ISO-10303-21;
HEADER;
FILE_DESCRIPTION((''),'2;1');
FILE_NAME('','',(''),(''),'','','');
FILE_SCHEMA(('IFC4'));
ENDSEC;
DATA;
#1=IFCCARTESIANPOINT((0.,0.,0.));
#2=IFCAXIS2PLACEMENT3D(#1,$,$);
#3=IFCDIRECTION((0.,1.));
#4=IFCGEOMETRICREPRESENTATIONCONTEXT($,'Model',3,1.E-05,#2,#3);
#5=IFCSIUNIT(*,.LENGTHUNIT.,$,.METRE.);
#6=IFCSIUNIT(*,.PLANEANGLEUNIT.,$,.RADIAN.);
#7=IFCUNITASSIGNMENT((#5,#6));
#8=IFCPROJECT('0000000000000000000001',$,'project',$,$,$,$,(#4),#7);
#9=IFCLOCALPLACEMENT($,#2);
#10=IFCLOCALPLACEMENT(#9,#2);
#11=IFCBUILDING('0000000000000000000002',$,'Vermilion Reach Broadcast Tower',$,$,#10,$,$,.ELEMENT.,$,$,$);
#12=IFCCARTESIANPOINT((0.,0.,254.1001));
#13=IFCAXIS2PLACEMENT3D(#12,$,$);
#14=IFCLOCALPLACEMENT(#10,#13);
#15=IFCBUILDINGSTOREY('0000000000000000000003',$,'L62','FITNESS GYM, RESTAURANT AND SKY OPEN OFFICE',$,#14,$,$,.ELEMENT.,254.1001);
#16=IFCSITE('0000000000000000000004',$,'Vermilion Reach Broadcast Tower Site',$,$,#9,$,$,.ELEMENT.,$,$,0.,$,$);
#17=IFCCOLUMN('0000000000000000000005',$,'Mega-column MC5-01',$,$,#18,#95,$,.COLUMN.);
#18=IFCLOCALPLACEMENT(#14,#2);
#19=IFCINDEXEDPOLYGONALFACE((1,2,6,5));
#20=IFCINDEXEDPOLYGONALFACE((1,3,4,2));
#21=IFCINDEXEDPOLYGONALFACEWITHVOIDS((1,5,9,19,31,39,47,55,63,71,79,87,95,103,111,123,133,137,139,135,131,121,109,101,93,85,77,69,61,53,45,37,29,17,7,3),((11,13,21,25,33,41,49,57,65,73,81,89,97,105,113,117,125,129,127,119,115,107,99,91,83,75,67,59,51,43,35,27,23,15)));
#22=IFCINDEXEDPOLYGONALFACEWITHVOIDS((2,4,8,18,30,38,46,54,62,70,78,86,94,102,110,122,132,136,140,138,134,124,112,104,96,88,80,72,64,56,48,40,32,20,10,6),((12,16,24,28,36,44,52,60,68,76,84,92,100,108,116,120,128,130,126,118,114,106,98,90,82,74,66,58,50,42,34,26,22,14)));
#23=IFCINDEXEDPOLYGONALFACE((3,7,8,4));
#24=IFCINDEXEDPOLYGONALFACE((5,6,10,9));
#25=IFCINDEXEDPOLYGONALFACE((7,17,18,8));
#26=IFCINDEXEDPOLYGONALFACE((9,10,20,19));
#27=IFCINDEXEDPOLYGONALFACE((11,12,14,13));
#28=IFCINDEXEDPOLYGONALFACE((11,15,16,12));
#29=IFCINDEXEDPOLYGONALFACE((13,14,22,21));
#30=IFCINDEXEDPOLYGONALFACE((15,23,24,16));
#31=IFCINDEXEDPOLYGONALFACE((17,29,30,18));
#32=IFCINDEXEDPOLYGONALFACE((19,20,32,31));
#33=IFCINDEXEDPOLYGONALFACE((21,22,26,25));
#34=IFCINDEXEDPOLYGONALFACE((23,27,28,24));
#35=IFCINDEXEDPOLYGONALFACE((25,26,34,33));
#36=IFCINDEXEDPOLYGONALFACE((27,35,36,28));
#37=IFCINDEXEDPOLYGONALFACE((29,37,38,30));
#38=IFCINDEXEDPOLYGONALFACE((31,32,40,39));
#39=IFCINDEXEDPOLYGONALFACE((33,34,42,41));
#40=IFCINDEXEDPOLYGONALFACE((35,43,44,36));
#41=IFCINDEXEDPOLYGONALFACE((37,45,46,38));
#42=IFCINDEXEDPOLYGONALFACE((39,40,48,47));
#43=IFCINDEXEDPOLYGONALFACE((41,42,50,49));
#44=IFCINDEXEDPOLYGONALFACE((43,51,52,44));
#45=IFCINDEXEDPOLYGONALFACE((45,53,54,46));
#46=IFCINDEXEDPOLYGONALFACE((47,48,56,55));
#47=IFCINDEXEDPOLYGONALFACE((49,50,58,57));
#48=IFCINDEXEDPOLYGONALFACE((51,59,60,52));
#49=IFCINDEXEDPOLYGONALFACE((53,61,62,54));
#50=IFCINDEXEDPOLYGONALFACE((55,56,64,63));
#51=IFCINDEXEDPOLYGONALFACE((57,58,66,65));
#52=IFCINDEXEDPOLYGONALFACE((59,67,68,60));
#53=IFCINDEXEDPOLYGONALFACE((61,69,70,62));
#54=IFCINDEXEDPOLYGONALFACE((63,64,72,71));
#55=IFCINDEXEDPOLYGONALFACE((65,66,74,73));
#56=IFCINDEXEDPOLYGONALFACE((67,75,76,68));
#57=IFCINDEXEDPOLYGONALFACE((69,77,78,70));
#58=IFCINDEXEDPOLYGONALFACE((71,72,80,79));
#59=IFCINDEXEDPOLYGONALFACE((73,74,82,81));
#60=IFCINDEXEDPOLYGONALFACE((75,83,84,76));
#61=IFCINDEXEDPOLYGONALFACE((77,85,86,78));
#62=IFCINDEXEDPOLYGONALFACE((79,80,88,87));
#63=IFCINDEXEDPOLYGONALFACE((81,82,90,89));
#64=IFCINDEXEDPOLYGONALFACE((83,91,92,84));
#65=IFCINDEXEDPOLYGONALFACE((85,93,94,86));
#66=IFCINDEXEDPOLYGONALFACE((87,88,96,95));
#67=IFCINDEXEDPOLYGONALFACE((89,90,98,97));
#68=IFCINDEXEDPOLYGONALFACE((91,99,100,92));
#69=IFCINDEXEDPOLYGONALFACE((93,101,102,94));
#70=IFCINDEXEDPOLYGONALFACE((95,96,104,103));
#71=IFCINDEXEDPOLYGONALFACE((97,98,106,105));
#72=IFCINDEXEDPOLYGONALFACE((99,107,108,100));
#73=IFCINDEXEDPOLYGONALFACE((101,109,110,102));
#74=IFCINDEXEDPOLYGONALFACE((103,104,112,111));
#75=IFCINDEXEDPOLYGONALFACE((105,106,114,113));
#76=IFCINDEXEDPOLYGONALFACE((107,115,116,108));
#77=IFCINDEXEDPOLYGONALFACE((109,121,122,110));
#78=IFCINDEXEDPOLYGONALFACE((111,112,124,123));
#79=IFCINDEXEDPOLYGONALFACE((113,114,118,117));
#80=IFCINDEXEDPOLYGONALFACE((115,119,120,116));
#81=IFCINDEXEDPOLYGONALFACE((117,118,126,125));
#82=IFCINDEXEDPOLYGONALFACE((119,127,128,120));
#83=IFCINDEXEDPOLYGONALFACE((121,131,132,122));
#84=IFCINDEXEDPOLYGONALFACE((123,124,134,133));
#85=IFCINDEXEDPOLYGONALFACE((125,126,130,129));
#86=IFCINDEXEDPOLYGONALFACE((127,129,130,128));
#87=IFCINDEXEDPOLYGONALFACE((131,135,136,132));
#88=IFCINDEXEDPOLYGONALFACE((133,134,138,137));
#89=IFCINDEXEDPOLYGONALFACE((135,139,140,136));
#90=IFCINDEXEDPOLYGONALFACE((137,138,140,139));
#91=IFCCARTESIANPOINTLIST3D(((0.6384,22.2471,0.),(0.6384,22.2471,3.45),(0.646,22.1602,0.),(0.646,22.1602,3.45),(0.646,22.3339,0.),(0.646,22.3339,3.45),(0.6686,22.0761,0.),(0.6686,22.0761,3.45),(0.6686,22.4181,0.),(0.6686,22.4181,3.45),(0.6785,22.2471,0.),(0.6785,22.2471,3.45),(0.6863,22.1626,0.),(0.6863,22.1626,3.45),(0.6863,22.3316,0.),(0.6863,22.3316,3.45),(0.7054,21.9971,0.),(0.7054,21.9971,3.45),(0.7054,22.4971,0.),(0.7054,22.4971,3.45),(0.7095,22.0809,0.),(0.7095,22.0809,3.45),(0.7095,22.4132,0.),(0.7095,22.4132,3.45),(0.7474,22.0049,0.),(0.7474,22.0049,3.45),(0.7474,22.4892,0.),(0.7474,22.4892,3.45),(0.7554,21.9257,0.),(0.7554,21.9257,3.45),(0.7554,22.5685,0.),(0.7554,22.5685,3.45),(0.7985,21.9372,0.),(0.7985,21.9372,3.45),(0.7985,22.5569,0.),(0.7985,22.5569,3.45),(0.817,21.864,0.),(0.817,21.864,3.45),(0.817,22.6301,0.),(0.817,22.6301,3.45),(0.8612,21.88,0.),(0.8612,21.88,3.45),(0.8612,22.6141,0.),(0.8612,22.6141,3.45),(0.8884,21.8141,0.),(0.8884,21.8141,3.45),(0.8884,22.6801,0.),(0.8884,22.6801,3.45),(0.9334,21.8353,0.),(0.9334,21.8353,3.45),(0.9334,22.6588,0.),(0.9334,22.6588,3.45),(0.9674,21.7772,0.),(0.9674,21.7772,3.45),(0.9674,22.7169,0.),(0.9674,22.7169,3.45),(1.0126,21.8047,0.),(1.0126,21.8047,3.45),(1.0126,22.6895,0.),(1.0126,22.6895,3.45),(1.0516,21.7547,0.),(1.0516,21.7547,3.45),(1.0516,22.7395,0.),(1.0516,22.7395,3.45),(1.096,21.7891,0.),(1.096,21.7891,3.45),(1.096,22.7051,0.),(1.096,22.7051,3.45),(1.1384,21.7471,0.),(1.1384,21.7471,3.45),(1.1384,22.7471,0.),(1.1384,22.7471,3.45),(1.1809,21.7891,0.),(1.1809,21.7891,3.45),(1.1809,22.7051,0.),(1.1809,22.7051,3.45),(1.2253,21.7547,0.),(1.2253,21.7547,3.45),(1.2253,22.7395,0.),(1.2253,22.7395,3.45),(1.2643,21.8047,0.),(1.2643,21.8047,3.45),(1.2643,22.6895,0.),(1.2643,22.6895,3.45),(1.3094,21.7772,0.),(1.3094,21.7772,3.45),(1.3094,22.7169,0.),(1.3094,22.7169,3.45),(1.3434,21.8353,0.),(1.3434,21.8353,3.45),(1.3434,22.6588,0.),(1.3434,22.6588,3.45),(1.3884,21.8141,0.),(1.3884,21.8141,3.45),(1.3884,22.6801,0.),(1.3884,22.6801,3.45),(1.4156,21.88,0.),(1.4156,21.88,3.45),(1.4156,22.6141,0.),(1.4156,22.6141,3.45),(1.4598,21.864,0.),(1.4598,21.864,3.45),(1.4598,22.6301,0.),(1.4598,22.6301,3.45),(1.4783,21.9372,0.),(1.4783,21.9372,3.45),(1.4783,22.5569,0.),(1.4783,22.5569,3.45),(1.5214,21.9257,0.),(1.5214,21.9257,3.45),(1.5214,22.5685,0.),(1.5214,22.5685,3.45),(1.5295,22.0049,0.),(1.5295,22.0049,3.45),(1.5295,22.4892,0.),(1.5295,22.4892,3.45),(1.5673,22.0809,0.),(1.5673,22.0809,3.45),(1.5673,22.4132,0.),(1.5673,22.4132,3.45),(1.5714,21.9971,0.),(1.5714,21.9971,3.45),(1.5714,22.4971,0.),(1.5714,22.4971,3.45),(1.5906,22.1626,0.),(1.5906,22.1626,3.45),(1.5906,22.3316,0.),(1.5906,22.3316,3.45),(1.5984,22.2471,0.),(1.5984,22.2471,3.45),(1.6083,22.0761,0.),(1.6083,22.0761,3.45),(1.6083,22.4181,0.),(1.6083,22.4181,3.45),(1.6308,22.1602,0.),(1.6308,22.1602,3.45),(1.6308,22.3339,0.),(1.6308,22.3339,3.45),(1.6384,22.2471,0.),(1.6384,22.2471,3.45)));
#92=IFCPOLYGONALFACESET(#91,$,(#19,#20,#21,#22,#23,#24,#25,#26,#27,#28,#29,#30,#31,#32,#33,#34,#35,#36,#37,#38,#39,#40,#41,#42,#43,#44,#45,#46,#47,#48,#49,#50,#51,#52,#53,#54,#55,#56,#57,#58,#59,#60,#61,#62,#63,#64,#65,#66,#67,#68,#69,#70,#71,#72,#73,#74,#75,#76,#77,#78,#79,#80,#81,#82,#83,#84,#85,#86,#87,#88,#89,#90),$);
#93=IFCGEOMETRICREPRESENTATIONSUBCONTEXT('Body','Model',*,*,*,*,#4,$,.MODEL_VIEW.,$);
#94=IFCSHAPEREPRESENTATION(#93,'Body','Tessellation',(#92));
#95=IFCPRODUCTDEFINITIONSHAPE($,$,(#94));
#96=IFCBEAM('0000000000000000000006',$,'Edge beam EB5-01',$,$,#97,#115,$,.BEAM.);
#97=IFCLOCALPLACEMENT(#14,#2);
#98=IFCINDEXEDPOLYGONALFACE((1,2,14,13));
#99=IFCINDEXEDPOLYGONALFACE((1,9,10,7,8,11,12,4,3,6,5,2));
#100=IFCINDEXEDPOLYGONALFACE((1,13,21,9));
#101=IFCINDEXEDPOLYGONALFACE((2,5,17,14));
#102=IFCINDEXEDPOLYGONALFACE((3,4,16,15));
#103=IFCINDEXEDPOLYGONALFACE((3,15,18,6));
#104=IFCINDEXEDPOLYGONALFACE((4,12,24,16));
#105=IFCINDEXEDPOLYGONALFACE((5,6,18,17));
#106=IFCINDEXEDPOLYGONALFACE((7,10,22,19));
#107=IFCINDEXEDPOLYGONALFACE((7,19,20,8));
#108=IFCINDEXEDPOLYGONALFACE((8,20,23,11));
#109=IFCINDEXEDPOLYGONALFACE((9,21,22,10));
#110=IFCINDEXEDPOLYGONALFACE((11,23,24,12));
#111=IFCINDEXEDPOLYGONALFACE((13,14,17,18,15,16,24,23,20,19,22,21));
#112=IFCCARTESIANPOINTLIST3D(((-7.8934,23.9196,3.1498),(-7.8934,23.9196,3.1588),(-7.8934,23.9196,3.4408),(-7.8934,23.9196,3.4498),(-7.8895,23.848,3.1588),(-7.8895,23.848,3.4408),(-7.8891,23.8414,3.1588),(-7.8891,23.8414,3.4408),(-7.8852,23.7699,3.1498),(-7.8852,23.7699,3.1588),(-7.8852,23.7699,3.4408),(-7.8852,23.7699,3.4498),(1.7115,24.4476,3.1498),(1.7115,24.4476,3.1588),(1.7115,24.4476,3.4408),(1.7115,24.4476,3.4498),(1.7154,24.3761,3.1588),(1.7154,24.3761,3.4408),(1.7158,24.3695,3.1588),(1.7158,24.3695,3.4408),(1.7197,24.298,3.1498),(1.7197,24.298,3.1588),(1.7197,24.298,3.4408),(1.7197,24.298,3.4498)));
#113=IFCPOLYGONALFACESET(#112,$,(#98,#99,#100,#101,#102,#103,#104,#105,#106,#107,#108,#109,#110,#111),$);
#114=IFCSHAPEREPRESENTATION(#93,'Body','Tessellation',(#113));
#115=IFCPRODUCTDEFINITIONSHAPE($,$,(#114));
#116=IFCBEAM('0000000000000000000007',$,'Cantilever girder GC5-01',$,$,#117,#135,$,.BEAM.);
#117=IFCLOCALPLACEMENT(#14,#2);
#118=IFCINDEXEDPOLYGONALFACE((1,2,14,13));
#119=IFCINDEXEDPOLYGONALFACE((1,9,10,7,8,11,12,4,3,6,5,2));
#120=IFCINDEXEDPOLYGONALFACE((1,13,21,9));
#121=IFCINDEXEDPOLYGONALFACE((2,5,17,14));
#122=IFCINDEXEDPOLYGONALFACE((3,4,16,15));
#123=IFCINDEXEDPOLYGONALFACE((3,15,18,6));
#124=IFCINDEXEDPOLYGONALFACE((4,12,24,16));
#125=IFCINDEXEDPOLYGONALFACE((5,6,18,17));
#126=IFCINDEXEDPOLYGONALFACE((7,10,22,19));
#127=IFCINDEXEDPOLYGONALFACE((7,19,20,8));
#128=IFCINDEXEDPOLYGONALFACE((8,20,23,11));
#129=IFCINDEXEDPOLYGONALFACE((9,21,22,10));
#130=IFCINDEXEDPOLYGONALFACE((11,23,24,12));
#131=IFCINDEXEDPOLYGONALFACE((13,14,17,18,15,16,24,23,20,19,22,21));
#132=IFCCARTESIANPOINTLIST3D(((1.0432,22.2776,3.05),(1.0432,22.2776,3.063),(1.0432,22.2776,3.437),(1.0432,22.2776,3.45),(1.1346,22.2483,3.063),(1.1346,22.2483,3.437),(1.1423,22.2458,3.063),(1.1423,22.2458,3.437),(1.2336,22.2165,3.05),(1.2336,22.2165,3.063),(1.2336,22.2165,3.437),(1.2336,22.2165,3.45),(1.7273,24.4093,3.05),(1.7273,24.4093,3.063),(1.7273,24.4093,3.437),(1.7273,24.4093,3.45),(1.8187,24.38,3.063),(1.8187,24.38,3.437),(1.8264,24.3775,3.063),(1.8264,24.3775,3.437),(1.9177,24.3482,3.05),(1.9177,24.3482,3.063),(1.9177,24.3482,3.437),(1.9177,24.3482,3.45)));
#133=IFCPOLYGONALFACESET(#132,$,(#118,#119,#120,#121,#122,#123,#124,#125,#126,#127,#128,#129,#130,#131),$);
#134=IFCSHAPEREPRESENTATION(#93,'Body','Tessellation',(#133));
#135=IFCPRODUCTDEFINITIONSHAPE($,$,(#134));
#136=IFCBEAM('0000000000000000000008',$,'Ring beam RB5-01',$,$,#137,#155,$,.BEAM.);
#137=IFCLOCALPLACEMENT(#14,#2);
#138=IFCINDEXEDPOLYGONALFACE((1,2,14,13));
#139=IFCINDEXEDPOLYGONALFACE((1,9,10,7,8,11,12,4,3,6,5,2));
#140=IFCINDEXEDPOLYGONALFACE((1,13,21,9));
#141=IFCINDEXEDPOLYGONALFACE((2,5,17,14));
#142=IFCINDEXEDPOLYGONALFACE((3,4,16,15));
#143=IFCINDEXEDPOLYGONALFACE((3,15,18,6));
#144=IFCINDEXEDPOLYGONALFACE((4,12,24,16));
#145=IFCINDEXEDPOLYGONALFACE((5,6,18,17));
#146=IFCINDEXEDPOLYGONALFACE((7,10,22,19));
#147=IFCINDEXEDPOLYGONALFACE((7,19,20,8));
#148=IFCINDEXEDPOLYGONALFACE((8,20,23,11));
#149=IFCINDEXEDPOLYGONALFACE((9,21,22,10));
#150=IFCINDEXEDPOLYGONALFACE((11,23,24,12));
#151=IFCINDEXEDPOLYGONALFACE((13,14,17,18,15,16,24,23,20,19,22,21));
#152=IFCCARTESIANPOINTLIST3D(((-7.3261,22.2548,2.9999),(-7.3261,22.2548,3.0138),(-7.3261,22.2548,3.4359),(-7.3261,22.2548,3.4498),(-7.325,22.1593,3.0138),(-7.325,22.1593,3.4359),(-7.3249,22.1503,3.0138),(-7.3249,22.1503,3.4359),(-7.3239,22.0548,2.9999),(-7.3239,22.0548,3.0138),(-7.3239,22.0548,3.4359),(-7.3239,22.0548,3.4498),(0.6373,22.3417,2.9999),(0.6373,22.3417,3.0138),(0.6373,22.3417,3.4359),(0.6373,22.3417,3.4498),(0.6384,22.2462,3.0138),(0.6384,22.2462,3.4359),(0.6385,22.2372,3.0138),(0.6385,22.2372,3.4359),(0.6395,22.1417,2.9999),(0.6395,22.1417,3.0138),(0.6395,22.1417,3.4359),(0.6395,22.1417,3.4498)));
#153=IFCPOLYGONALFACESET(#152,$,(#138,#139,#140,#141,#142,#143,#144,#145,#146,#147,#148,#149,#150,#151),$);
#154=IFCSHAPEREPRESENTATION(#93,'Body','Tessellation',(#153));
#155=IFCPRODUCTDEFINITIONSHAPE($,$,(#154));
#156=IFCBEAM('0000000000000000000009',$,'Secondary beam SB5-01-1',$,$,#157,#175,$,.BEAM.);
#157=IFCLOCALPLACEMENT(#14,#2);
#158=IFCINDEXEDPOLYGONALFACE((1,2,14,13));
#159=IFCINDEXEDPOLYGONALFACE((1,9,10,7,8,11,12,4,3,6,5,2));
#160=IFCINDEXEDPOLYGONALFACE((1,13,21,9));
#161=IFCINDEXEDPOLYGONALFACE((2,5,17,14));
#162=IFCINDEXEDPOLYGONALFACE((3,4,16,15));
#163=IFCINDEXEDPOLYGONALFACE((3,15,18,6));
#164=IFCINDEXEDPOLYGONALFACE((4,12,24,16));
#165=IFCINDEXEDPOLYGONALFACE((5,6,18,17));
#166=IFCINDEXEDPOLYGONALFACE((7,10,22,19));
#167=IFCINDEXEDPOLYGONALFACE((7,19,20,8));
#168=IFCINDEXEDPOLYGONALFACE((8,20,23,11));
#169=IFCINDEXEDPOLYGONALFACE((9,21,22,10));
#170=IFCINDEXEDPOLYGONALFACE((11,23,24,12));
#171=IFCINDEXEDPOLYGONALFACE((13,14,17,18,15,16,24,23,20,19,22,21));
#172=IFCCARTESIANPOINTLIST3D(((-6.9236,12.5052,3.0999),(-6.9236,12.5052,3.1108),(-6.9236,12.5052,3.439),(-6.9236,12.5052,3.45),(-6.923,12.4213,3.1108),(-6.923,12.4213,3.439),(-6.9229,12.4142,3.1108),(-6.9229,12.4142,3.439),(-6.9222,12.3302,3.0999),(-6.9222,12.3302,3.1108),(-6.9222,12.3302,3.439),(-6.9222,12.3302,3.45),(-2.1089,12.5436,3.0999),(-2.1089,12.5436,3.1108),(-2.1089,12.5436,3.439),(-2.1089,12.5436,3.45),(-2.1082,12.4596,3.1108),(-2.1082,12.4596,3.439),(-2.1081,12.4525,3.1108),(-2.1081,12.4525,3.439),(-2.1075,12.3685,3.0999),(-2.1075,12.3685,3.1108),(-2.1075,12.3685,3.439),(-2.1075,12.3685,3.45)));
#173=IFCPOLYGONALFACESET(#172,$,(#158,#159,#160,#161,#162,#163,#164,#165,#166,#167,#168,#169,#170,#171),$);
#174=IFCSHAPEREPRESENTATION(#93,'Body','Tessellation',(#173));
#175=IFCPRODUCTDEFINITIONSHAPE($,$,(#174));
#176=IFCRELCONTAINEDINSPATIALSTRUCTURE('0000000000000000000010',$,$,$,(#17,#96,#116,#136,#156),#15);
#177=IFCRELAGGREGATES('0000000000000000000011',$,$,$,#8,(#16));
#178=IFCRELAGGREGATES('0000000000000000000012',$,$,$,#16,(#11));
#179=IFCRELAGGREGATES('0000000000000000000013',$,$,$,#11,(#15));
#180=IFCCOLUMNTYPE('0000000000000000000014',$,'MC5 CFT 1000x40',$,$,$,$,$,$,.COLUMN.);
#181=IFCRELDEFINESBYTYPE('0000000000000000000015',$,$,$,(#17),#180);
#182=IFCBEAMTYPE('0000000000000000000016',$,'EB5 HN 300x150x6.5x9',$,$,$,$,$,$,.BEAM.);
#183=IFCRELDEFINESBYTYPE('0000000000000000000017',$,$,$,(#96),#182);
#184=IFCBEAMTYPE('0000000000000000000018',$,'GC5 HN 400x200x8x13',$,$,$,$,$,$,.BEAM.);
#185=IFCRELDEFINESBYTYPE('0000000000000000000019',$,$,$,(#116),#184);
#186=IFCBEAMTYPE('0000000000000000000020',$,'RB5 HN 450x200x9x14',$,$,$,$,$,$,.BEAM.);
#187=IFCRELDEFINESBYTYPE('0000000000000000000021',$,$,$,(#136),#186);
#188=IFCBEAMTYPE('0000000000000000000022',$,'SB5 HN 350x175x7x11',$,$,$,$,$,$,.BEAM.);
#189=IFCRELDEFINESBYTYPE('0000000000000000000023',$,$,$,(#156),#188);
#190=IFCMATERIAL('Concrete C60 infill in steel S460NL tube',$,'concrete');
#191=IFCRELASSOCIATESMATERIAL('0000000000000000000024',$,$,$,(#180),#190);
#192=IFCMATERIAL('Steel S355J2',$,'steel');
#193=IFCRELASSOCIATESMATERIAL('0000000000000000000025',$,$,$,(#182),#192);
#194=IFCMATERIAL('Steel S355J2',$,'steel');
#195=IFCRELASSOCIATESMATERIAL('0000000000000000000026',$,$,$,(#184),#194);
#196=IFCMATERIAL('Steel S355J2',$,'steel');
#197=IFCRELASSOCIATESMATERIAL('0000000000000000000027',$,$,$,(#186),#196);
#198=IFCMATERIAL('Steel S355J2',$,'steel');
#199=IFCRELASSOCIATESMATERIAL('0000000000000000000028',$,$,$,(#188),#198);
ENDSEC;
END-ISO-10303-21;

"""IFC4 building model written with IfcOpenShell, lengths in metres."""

from ifc_helpers import new_model, si_unit, direction, frame, origin, origin_2d, place, context, subcontext, project, spatial, hollow_circle, i_section, extrude, material, material_profile, profile_set, type_object, element, save


model = new_model("IFC4")

# Units and contexts
model_context = context("Model", 3, precision=1e-05, world=origin(), true_north=direction((0.0, 1.0)))
body_context = subcontext(model_context, "Body", "Model", "MODEL_VIEW")
ifc_project = project(units=[si_unit("LENGTHUNIT", "METRE"), si_unit("PLANEANGLEUNIT", "RADIAN")], contexts=[model_context])

# Site, building, storey
site_placement = place(None, origin())
site = spatial("IfcSite", under=ifc_project, at=site_placement, Name="Vermilion Reach Broadcast Tower Site", CompositionType="ELEMENT", RefElevation=0.0)
building_placement = place(site_placement, origin())
building = spatial("IfcBuilding", under=site, at=building_placement, Name="Vermilion Reach Broadcast Tower", CompositionType="ELEMENT")
storey_placement = place(building_placement, frame((0.0, 0.0, 254.1001)))
storey = spatial("IfcBuildingStorey", under=building, at=storey_placement, Name="L62", Description="FITNESS GYM, RESTAURANT AND SKY OPEN OFFICE", CompositionType="ELEMENT", Elevation=254.1001)

# Column
ifc_material_1 = material(Name="Concrete C60 infill in steel S460NL tube", Category="concrete")
ifc_material_profile_1 = material_profile(ifc_material_1, hollow_circle(Radius=0.5, WallThickness=0.04, at=origin_2d()), Name="Concrete C60 infill in steel S460NL tube CFT 1000x40")
ifc_profile_set_1 = profile_set([ifc_material_profile_1], Name="Concrete C60 infill in steel S460NL tube")
column_type = type_object("IfcColumnType", Name="MC5 CFT 1000x40", PredefinedType="COLUMN", material=ifc_profile_set_1)
column_placement = place(storey_placement, frame((1.1384, 22.2471, 0.0), z_axis=(0.0, 0.0, 1.0), x_axis=(1.0, 0.0, 0.0)))
element("IfcColumn", 1, at=column_placement, inside=storey, type_object=column_type, Name="Mega-column MC5-01", PredefinedType="COLUMN", context=body_context, shape_type="SweptSolid", body=[
    extrude(hollow_circle(Radius=0.5, WallThickness=0.04, at=origin_2d()), origin(), (0.0, 0.0, 1.0), 3.45),
])

# Beams
ifc_material_2 = material(Name="Steel S355J2", Category="steel")
ifc_material_profile_2 = material_profile(ifc_material_2, i_section(OverallWidth=0.1499, OverallDepth=0.3, WebThickness=0.0066, FlangeThickness=0.009, at=origin_2d()), Name="S355J2 HN 300x150x6.5x9")
ifc_profile_set_2 = profile_set([ifc_material_profile_2], Name="Steel S355J2")
beam_type_1 = type_object("IfcBeamType", Name="EB5 HN 300x150x6.5x9", PredefinedType="BEAM", material=ifc_profile_set_2)
beam_1_placement = place(storey_placement, frame((1.7156, 24.3728, 3.2998), z_axis=(-0.998492, -0.054897, 0.0), x_axis=(0.054897, -0.998492, 0.0)))
element("IfcBeam", 2, at=beam_1_placement, inside=storey, type_object=beam_type_1, Name="Edge beam EB5-01", PredefinedType="BEAM", context=body_context, shape_type="SweptSolid", body=[
    extrude(i_section(OverallWidth=0.1499, OverallDepth=0.3, WebThickness=0.0066, FlangeThickness=0.009, at=origin_2d()), origin(), (0.0, 0.0, 1.0), 9.6194),
])
ifc_material_3 = material(Name="Steel S355J2", Category="steel")
ifc_material_profile_3 = material_profile(ifc_material_3, i_section(OverallWidth=0.2, OverallDepth=0.3999, WebThickness=0.0081, FlangeThickness=0.0129, at=origin_2d()), Name="S355J2 HN 400x200x8x13")
ifc_profile_set_3 = profile_set([ifc_material_profile_3], Name="Steel S355J2")
beam_type_2 = type_object("IfcBeamType", Name="GC5 HN 400x200x8x13", PredefinedType="BEAM", material=ifc_profile_set_3)
beam_2_placement = place(storey_placement, frame((1.1384, 22.2471, 3.25), z_axis=(0.305575, 0.952168, 0.0), x_axis=(-0.952168, 0.305575, 0.0)))
element("IfcBeam", 3, at=beam_2_placement, inside=storey, type_object=beam_type_2, Name="Cantilever girder GC5-01", PredefinedType="BEAM", context=body_context, shape_type="SweptSolid", body=[
    extrude(i_section(OverallWidth=0.2, OverallDepth=0.3999, WebThickness=0.0081, FlangeThickness=0.0129, at=origin_2d()), origin(), (0.0, 0.0, 1.0), 2.2388),
])
ifc_material_4 = material(Name="Steel S355J2", Category="steel")
ifc_material_profile_4 = material_profile(ifc_material_4, i_section(OverallWidth=0.2, OverallDepth=0.45, WebThickness=0.009, FlangeThickness=0.0139, at=origin_2d()), Name="S355J2 HN 450x200x9x14")
ifc_profile_set_4 = profile_set([ifc_material_profile_4], Name="Steel S355J2")
beam_type_3 = type_object("IfcBeamType", Name="RB5 HN 450x200x9x14", PredefinedType="BEAM", material=ifc_profile_set_4)
beam_3_placement = place(storey_placement, frame((0.6384, 22.2417, 3.2249), z_axis=(-0.99994, -0.010914, 0.0), x_axis=(0.010914, -0.99994, 0.0)))
element("IfcBeam", 4, at=beam_3_placement, inside=storey, type_object=beam_type_3, Name="Ring beam RB5-01", PredefinedType="BEAM", context=body_context, shape_type="SweptSolid", body=[
    extrude(i_section(OverallWidth=0.2, OverallDepth=0.45, WebThickness=0.009, FlangeThickness=0.0139, at=origin_2d()), origin(), (0.0, 0.0, 1.0), 7.9639),
])
ifc_material_5 = material(Name="Steel S355J2", Category="steel")
ifc_material_profile_5 = material_profile(ifc_material_5, i_section(OverallWidth=0.175, OverallDepth=0.3501, WebThickness=0.0071, FlangeThickness=0.011, at=origin_2d()), Name="S355J2 HN 350x175x7x11")
ifc_profile_set_5 = profile_set([ifc_material_profile_5], Name="Steel S355J2")
beam_type_4 = type_object("IfcBeamType", Name="SB5 HN 350x175x7x11", PredefinedType="BEAM", material=ifc_profile_set_5)
beam_4_placement = place(storey_placement, frame((-2.1082, 12.4561, 3.2749), z_axis=(-0.999968, -0.007961, 0.0), x_axis=(0.007961, -0.999968, 0.0)))
element("IfcBeam", 5, at=beam_4_placement, inside=storey, type_object=beam_type_4, Name="Secondary beam SB5-01-1", PredefinedType="BEAM", context=body_context, shape_type="SweptSolid", body=[
    extrude(i_section(OverallWidth=0.175, OverallDepth=0.3501, WebThickness=0.0071, FlangeThickness=0.011, at=origin_2d()), origin(), (0.0, 0.0, 1.0), 4.8149),
])

save(model, "model.ifc")
